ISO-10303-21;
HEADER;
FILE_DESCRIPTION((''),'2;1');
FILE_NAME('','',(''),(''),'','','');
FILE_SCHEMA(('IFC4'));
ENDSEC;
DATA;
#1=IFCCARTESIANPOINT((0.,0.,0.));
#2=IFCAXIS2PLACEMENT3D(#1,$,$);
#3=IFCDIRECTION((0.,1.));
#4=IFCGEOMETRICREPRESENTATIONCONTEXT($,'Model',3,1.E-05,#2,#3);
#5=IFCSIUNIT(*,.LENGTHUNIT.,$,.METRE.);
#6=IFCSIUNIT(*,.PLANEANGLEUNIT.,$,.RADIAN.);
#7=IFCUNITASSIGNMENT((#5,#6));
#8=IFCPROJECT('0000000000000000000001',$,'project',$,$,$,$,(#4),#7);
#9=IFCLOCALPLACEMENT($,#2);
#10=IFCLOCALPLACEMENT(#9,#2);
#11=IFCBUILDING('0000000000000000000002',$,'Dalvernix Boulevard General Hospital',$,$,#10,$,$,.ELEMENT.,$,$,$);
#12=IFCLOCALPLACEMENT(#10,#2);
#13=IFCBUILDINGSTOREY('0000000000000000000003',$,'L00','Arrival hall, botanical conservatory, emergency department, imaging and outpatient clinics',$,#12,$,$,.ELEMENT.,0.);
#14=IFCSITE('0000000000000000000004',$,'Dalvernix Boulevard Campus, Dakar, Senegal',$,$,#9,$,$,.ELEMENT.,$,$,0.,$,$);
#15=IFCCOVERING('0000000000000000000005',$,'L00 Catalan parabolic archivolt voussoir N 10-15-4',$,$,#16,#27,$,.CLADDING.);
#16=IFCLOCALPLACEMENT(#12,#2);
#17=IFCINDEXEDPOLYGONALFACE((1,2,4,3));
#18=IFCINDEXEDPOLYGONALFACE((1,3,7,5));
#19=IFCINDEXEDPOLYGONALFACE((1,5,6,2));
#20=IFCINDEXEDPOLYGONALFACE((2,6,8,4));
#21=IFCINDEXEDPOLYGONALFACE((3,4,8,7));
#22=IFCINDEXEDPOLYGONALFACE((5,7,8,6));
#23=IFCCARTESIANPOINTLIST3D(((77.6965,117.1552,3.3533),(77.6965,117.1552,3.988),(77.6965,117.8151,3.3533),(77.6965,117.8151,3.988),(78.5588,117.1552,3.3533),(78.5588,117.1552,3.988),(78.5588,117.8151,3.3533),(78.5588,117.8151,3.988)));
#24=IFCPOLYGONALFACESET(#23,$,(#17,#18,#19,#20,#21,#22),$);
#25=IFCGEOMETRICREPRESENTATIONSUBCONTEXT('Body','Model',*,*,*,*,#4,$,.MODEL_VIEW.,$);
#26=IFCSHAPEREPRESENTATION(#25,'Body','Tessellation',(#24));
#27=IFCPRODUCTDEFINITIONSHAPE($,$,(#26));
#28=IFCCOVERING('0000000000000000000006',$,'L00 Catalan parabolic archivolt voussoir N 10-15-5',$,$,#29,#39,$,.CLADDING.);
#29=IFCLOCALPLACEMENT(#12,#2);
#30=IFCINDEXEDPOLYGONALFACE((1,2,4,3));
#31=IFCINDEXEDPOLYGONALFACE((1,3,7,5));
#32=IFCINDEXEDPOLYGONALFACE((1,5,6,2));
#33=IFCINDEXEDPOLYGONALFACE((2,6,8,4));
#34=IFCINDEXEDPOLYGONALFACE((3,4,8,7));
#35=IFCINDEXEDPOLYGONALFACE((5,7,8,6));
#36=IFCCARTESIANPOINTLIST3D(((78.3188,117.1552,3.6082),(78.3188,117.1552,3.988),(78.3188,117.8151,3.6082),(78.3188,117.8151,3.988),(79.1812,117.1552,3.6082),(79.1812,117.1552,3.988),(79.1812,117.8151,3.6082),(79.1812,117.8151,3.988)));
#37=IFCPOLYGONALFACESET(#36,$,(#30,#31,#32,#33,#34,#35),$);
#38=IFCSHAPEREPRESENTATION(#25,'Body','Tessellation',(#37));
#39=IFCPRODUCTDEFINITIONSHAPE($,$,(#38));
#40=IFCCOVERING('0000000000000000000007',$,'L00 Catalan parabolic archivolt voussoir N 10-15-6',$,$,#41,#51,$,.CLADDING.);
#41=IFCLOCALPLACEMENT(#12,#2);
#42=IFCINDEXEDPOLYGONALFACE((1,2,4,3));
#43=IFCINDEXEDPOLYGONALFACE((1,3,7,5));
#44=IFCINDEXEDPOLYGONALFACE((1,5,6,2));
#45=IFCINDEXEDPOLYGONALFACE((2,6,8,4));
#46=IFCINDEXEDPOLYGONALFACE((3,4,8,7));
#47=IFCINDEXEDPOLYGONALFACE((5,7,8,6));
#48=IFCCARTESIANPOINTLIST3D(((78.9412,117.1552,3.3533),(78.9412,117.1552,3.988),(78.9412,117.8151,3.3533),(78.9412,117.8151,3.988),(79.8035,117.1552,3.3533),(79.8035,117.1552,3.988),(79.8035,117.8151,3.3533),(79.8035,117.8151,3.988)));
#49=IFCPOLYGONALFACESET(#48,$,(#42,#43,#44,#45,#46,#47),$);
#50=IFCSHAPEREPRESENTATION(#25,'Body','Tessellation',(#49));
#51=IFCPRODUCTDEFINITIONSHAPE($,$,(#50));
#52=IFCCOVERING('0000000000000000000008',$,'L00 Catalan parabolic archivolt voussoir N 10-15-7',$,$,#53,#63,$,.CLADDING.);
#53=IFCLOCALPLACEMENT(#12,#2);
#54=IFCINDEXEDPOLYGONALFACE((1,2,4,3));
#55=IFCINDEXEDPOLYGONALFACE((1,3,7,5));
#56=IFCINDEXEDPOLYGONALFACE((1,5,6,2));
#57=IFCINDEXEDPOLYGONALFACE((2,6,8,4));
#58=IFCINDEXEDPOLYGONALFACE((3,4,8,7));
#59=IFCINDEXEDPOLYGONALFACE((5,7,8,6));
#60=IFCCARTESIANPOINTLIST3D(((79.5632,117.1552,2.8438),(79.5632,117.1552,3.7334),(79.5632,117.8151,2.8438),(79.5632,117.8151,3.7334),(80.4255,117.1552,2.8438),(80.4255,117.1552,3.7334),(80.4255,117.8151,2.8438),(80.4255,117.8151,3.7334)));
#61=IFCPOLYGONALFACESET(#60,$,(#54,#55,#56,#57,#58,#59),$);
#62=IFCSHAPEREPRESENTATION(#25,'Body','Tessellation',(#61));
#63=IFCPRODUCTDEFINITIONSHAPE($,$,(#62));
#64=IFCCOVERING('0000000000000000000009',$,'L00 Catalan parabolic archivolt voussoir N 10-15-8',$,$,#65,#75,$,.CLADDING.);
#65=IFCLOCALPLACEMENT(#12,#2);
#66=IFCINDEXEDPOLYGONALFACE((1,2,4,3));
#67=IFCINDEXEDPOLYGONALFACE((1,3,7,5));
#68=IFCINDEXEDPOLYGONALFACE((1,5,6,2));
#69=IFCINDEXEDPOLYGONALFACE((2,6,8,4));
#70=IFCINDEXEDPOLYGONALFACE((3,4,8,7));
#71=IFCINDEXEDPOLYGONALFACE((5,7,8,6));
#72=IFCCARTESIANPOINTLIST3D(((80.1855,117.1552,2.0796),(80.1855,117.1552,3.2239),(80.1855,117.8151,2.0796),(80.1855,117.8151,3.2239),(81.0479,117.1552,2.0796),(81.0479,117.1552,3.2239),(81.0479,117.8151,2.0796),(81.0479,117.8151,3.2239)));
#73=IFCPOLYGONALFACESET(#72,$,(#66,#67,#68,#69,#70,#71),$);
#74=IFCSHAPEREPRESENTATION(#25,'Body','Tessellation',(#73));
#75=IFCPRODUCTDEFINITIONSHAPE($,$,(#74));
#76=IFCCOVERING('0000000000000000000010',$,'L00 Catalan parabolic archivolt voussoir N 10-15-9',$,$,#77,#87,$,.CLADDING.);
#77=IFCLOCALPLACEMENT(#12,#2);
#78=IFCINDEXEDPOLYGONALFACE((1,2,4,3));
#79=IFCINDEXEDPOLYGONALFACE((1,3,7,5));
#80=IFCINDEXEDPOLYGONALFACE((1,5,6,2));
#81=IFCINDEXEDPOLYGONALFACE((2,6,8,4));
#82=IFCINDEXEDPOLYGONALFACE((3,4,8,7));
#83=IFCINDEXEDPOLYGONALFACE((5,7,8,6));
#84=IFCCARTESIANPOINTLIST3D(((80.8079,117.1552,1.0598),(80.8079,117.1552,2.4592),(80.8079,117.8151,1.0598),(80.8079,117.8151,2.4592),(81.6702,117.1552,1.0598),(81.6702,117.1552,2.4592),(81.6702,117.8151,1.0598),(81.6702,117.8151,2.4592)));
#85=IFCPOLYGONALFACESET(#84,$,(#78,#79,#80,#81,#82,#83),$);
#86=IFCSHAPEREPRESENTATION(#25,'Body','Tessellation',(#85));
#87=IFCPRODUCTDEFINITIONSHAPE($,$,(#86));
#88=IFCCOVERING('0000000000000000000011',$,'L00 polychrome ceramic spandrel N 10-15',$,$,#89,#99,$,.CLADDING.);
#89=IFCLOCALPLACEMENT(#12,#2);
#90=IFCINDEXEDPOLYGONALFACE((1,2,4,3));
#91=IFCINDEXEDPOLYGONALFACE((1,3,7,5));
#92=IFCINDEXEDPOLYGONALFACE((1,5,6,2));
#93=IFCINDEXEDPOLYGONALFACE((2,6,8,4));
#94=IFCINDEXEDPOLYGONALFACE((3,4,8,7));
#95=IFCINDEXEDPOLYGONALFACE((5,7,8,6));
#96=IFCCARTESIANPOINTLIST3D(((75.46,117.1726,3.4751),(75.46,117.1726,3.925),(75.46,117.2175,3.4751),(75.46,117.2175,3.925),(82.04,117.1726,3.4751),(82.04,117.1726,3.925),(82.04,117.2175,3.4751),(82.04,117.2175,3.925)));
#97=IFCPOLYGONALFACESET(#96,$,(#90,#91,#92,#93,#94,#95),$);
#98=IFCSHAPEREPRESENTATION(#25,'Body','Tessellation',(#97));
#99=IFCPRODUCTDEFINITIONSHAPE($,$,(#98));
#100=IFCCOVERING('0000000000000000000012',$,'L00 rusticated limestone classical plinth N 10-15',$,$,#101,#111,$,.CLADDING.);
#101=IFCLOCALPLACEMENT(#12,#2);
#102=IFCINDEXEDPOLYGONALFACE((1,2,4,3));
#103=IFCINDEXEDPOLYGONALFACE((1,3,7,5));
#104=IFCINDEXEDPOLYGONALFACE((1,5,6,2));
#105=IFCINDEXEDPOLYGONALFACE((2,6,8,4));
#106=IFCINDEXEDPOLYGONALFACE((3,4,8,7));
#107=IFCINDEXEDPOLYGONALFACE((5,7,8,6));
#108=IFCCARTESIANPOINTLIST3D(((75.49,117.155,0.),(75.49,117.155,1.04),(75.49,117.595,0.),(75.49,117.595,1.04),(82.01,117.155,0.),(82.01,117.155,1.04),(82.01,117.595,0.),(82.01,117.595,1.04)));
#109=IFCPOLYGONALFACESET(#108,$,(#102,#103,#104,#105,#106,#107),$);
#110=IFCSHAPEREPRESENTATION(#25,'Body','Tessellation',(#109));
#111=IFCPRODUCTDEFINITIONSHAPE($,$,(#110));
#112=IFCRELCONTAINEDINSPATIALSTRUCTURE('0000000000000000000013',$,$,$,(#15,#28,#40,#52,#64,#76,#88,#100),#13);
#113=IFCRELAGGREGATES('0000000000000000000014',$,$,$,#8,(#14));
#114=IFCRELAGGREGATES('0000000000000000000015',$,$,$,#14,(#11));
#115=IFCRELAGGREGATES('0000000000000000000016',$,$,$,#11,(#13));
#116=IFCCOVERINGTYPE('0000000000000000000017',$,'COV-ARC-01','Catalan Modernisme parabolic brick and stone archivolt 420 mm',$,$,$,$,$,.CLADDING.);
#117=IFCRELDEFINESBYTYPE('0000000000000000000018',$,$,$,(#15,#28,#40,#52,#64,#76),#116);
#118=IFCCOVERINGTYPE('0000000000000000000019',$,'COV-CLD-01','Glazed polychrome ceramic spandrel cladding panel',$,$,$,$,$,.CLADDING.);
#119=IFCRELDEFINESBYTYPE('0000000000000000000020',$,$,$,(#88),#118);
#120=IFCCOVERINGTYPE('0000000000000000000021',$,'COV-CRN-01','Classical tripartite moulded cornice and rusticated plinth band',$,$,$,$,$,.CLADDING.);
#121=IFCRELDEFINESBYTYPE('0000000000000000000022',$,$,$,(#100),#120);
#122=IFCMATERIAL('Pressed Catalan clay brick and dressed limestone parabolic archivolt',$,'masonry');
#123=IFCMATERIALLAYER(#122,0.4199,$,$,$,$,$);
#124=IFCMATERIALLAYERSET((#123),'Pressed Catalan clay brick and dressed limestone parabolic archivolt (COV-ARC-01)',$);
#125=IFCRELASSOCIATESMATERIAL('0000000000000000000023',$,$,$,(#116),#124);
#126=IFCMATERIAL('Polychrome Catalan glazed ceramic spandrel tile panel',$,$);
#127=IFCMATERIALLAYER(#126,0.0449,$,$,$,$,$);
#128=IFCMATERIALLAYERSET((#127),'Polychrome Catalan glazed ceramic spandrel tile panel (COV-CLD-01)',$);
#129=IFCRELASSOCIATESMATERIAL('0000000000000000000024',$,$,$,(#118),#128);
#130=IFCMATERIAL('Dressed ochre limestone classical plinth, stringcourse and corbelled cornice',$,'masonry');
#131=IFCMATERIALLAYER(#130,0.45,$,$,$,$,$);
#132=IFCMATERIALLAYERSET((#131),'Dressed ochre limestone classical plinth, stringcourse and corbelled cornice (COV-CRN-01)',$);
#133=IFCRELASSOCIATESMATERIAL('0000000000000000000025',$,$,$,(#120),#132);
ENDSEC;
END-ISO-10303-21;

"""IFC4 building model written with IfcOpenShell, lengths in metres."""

from ifc_helpers import new_model, si_unit, direction, frame, origin, origin_2d, place, context, subcontext, project, spatial, rectangle, extrude, material, layer, layer_set, type_object, element, save


model = new_model("IFC4")

# Units and contexts
model_context = context("Model", 3, precision=1e-05, world=origin(), true_north=direction((0.0, 1.0)))
body_context = subcontext(model_context, "Body", "Model", "MODEL_VIEW")
ifc_project = project(units=[si_unit("LENGTHUNIT", "METRE"), si_unit("PLANEANGLEUNIT", "RADIAN")], contexts=[model_context])

# Site, building, storey
site_placement = place(None, origin())
site = spatial("IfcSite", under=ifc_project, at=site_placement, Name="Dalvernix Boulevard Campus, Dakar, Senegal", CompositionType="ELEMENT", RefElevation=0.0)
building_placement = place(site_placement, origin())
building = spatial("IfcBuilding", under=site, at=building_placement, Name="Dalvernix Boulevard General Hospital", CompositionType="ELEMENT")
storey_placement = place(building_placement, origin())
storey = spatial("IfcBuildingStorey", under=building, at=storey_placement, Name="L00", Description="Arrival hall, botanical conservatory, emergency department, imaging and outpatient clinics", CompositionType="ELEMENT", Elevation=0.0)

# Coverings
ifc_material_1 = material(Name="Pressed Catalan clay brick and dressed limestone parabolic archivolt", Category="masonry")
ifc_layer_1 = layer(ifc_material_1, 0.4199)
ifc_layer_set_1 = layer_set([ifc_layer_1], Name="Pressed Catalan clay brick and dressed limestone parabolic archivolt (COV-ARC-01)")
covering_type_1 = type_object("IfcCoveringType", Name="COV-ARC-01", Description="Catalan Modernisme parabolic brick and stone archivolt 420 mm", PredefinedType="CLADDING", material=ifc_layer_set_1)
covering_1_placement = place(storey_placement, frame((78.1277, 117.4851, 3.3533), z_axis=(0.0, 0.0, 1.0), x_axis=(1.0, 0.0, 0.0)))
element("IfcCovering", 1, at=covering_1_placement, inside=storey, type_object=covering_type_1, Name="L00 Catalan parabolic archivolt voussoir N 10-15-4", PredefinedType="CLADDING", context=body_context, shape_type="SweptSolid", body=[
    extrude(rectangle(XDim=0.8623, YDim=0.6599, at=origin_2d()), origin(), (0.0, 0.0, 1.0), 0.6348),
])
covering_2_placement = place(storey_placement, frame((78.75, 117.4851, 3.6082), z_axis=(0.0, 0.0, 1.0), x_axis=(1.0, 0.0, 0.0)))
element("IfcCovering", 2, at=covering_2_placement, inside=storey, type_object=covering_type_1, Name="L00 Catalan parabolic archivolt voussoir N 10-15-5", PredefinedType="CLADDING", context=body_context, shape_type="SweptSolid", body=[
    extrude(rectangle(XDim=0.8623, YDim=0.6599, at=origin_2d()), origin(), (0.0, 0.0, 1.0), 0.3799),
])
covering_3_placement = place(storey_placement, frame((79.3723, 117.4851, 3.3533), z_axis=(0.0, 0.0, 1.0), x_axis=(1.0, 0.0, 0.0)))
element("IfcCovering", 3, at=covering_3_placement, inside=storey, type_object=covering_type_1, Name="L00 Catalan parabolic archivolt voussoir N 10-15-6", PredefinedType="CLADDING", context=body_context, shape_type="SweptSolid", body=[
    extrude(rectangle(XDim=0.8623, YDim=0.6599, at=origin_2d()), origin(), (0.0, 0.0, 1.0), 0.6348),
])
covering_4_placement = place(storey_placement, frame((79.9944, 117.4851, 2.8438), z_axis=(0.0, 0.0, 1.0), x_axis=(1.0, 0.0, 0.0)))
element("IfcCovering", 4, at=covering_4_placement, inside=storey, type_object=covering_type_1, Name="L00 Catalan parabolic archivolt voussoir N 10-15-7", PredefinedType="CLADDING", context=body_context, shape_type="SweptSolid", body=[
    extrude(rectangle(XDim=0.8623, YDim=0.6599, at=origin_2d()), origin(), (0.0, 0.0, 1.0), 0.8896),
])
covering_5_placement = place(storey_placement, frame((80.6167, 117.4851, 2.0796), z_axis=(0.0, 0.0, 1.0), x_axis=(1.0, 0.0, 0.0)))
element("IfcCovering", 5, at=covering_5_placement, inside=storey, type_object=covering_type_1, Name="L00 Catalan parabolic archivolt voussoir N 10-15-8", PredefinedType="CLADDING", context=body_context, shape_type="SweptSolid", body=[
    extrude(rectangle(XDim=0.8623, YDim=0.6599, at=origin_2d()), origin(), (0.0, 0.0, 1.0), 1.1443),
])
covering_6_placement = place(storey_placement, frame((81.239, 117.4851, 1.0598), z_axis=(0.0, 0.0, 1.0), x_axis=(1.0, 0.0, 0.0)))
element("IfcCovering", 6, at=covering_6_placement, inside=storey, type_object=covering_type_1, Name="L00 Catalan parabolic archivolt voussoir N 10-15-9", PredefinedType="CLADDING", context=body_context, shape_type="SweptSolid", body=[
    extrude(rectangle(XDim=0.8623, YDim=0.6599, at=origin_2d()), origin(), (0.0, 0.0, 1.0), 1.3994),
])
ifc_material_2 = material(Name="Polychrome Catalan glazed ceramic spandrel tile panel")
ifc_layer_2 = layer(ifc_material_2, 0.0449)
ifc_layer_set_2 = layer_set([ifc_layer_2], Name="Polychrome Catalan glazed ceramic spandrel tile panel (COV-CLD-01)")
covering_type_2 = type_object("IfcCoveringType", Name="COV-CLD-01", Description="Glazed polychrome ceramic spandrel cladding panel", PredefinedType="CLADDING", material=ifc_layer_set_2)
covering_7_placement = place(storey_placement, frame((78.75, 117.1951, 3.4751), z_axis=(0.0, 0.0, 1.0), x_axis=(1.0, 0.0, 0.0)))
element("IfcCovering", 7, at=covering_7_placement, inside=storey, type_object=covering_type_2, Name="L00 polychrome ceramic spandrel N 10-15", PredefinedType="CLADDING", context=body_context, shape_type="SweptSolid", body=[
    extrude(rectangle(XDim=6.5801, YDim=0.0449, at=origin_2d()), origin(), (0.0, 0.0, 1.0), 0.45),
])
ifc_material_3 = material(Name="Dressed ochre limestone classical plinth, stringcourse and corbelled cornice", Category="masonry")
ifc_layer_3 = layer(ifc_material_3, 0.45)
ifc_layer_set_3 = layer_set([ifc_layer_3], Name="Dressed ochre limestone classical plinth, stringcourse and corbelled cornice (COV-CRN-01)")
covering_type_3 = type_object("IfcCoveringType", Name="COV-CRN-01", Description="Classical tripartite moulded cornice and rusticated plinth band", PredefinedType="CLADDING", material=ifc_layer_set_3)
covering_8_placement = place(storey_placement, frame((78.75, 117.375, 0.0), z_axis=(0.0, 0.0, 1.0), x_axis=(1.0, 0.0, 0.0)))
element("IfcCovering", 8, at=covering_8_placement, inside=storey, type_object=covering_type_3, Name="L00 rusticated limestone classical plinth N 10-15", PredefinedType="CLADDING", context=body_context, shape_type="SweptSolid", body=[
    extrude(rectangle(XDim=6.52, YDim=0.4399, at=origin_2d()), origin(), (0.0, 0.0, 1.0), 1.04),
])

save(model, "model.ifc")
